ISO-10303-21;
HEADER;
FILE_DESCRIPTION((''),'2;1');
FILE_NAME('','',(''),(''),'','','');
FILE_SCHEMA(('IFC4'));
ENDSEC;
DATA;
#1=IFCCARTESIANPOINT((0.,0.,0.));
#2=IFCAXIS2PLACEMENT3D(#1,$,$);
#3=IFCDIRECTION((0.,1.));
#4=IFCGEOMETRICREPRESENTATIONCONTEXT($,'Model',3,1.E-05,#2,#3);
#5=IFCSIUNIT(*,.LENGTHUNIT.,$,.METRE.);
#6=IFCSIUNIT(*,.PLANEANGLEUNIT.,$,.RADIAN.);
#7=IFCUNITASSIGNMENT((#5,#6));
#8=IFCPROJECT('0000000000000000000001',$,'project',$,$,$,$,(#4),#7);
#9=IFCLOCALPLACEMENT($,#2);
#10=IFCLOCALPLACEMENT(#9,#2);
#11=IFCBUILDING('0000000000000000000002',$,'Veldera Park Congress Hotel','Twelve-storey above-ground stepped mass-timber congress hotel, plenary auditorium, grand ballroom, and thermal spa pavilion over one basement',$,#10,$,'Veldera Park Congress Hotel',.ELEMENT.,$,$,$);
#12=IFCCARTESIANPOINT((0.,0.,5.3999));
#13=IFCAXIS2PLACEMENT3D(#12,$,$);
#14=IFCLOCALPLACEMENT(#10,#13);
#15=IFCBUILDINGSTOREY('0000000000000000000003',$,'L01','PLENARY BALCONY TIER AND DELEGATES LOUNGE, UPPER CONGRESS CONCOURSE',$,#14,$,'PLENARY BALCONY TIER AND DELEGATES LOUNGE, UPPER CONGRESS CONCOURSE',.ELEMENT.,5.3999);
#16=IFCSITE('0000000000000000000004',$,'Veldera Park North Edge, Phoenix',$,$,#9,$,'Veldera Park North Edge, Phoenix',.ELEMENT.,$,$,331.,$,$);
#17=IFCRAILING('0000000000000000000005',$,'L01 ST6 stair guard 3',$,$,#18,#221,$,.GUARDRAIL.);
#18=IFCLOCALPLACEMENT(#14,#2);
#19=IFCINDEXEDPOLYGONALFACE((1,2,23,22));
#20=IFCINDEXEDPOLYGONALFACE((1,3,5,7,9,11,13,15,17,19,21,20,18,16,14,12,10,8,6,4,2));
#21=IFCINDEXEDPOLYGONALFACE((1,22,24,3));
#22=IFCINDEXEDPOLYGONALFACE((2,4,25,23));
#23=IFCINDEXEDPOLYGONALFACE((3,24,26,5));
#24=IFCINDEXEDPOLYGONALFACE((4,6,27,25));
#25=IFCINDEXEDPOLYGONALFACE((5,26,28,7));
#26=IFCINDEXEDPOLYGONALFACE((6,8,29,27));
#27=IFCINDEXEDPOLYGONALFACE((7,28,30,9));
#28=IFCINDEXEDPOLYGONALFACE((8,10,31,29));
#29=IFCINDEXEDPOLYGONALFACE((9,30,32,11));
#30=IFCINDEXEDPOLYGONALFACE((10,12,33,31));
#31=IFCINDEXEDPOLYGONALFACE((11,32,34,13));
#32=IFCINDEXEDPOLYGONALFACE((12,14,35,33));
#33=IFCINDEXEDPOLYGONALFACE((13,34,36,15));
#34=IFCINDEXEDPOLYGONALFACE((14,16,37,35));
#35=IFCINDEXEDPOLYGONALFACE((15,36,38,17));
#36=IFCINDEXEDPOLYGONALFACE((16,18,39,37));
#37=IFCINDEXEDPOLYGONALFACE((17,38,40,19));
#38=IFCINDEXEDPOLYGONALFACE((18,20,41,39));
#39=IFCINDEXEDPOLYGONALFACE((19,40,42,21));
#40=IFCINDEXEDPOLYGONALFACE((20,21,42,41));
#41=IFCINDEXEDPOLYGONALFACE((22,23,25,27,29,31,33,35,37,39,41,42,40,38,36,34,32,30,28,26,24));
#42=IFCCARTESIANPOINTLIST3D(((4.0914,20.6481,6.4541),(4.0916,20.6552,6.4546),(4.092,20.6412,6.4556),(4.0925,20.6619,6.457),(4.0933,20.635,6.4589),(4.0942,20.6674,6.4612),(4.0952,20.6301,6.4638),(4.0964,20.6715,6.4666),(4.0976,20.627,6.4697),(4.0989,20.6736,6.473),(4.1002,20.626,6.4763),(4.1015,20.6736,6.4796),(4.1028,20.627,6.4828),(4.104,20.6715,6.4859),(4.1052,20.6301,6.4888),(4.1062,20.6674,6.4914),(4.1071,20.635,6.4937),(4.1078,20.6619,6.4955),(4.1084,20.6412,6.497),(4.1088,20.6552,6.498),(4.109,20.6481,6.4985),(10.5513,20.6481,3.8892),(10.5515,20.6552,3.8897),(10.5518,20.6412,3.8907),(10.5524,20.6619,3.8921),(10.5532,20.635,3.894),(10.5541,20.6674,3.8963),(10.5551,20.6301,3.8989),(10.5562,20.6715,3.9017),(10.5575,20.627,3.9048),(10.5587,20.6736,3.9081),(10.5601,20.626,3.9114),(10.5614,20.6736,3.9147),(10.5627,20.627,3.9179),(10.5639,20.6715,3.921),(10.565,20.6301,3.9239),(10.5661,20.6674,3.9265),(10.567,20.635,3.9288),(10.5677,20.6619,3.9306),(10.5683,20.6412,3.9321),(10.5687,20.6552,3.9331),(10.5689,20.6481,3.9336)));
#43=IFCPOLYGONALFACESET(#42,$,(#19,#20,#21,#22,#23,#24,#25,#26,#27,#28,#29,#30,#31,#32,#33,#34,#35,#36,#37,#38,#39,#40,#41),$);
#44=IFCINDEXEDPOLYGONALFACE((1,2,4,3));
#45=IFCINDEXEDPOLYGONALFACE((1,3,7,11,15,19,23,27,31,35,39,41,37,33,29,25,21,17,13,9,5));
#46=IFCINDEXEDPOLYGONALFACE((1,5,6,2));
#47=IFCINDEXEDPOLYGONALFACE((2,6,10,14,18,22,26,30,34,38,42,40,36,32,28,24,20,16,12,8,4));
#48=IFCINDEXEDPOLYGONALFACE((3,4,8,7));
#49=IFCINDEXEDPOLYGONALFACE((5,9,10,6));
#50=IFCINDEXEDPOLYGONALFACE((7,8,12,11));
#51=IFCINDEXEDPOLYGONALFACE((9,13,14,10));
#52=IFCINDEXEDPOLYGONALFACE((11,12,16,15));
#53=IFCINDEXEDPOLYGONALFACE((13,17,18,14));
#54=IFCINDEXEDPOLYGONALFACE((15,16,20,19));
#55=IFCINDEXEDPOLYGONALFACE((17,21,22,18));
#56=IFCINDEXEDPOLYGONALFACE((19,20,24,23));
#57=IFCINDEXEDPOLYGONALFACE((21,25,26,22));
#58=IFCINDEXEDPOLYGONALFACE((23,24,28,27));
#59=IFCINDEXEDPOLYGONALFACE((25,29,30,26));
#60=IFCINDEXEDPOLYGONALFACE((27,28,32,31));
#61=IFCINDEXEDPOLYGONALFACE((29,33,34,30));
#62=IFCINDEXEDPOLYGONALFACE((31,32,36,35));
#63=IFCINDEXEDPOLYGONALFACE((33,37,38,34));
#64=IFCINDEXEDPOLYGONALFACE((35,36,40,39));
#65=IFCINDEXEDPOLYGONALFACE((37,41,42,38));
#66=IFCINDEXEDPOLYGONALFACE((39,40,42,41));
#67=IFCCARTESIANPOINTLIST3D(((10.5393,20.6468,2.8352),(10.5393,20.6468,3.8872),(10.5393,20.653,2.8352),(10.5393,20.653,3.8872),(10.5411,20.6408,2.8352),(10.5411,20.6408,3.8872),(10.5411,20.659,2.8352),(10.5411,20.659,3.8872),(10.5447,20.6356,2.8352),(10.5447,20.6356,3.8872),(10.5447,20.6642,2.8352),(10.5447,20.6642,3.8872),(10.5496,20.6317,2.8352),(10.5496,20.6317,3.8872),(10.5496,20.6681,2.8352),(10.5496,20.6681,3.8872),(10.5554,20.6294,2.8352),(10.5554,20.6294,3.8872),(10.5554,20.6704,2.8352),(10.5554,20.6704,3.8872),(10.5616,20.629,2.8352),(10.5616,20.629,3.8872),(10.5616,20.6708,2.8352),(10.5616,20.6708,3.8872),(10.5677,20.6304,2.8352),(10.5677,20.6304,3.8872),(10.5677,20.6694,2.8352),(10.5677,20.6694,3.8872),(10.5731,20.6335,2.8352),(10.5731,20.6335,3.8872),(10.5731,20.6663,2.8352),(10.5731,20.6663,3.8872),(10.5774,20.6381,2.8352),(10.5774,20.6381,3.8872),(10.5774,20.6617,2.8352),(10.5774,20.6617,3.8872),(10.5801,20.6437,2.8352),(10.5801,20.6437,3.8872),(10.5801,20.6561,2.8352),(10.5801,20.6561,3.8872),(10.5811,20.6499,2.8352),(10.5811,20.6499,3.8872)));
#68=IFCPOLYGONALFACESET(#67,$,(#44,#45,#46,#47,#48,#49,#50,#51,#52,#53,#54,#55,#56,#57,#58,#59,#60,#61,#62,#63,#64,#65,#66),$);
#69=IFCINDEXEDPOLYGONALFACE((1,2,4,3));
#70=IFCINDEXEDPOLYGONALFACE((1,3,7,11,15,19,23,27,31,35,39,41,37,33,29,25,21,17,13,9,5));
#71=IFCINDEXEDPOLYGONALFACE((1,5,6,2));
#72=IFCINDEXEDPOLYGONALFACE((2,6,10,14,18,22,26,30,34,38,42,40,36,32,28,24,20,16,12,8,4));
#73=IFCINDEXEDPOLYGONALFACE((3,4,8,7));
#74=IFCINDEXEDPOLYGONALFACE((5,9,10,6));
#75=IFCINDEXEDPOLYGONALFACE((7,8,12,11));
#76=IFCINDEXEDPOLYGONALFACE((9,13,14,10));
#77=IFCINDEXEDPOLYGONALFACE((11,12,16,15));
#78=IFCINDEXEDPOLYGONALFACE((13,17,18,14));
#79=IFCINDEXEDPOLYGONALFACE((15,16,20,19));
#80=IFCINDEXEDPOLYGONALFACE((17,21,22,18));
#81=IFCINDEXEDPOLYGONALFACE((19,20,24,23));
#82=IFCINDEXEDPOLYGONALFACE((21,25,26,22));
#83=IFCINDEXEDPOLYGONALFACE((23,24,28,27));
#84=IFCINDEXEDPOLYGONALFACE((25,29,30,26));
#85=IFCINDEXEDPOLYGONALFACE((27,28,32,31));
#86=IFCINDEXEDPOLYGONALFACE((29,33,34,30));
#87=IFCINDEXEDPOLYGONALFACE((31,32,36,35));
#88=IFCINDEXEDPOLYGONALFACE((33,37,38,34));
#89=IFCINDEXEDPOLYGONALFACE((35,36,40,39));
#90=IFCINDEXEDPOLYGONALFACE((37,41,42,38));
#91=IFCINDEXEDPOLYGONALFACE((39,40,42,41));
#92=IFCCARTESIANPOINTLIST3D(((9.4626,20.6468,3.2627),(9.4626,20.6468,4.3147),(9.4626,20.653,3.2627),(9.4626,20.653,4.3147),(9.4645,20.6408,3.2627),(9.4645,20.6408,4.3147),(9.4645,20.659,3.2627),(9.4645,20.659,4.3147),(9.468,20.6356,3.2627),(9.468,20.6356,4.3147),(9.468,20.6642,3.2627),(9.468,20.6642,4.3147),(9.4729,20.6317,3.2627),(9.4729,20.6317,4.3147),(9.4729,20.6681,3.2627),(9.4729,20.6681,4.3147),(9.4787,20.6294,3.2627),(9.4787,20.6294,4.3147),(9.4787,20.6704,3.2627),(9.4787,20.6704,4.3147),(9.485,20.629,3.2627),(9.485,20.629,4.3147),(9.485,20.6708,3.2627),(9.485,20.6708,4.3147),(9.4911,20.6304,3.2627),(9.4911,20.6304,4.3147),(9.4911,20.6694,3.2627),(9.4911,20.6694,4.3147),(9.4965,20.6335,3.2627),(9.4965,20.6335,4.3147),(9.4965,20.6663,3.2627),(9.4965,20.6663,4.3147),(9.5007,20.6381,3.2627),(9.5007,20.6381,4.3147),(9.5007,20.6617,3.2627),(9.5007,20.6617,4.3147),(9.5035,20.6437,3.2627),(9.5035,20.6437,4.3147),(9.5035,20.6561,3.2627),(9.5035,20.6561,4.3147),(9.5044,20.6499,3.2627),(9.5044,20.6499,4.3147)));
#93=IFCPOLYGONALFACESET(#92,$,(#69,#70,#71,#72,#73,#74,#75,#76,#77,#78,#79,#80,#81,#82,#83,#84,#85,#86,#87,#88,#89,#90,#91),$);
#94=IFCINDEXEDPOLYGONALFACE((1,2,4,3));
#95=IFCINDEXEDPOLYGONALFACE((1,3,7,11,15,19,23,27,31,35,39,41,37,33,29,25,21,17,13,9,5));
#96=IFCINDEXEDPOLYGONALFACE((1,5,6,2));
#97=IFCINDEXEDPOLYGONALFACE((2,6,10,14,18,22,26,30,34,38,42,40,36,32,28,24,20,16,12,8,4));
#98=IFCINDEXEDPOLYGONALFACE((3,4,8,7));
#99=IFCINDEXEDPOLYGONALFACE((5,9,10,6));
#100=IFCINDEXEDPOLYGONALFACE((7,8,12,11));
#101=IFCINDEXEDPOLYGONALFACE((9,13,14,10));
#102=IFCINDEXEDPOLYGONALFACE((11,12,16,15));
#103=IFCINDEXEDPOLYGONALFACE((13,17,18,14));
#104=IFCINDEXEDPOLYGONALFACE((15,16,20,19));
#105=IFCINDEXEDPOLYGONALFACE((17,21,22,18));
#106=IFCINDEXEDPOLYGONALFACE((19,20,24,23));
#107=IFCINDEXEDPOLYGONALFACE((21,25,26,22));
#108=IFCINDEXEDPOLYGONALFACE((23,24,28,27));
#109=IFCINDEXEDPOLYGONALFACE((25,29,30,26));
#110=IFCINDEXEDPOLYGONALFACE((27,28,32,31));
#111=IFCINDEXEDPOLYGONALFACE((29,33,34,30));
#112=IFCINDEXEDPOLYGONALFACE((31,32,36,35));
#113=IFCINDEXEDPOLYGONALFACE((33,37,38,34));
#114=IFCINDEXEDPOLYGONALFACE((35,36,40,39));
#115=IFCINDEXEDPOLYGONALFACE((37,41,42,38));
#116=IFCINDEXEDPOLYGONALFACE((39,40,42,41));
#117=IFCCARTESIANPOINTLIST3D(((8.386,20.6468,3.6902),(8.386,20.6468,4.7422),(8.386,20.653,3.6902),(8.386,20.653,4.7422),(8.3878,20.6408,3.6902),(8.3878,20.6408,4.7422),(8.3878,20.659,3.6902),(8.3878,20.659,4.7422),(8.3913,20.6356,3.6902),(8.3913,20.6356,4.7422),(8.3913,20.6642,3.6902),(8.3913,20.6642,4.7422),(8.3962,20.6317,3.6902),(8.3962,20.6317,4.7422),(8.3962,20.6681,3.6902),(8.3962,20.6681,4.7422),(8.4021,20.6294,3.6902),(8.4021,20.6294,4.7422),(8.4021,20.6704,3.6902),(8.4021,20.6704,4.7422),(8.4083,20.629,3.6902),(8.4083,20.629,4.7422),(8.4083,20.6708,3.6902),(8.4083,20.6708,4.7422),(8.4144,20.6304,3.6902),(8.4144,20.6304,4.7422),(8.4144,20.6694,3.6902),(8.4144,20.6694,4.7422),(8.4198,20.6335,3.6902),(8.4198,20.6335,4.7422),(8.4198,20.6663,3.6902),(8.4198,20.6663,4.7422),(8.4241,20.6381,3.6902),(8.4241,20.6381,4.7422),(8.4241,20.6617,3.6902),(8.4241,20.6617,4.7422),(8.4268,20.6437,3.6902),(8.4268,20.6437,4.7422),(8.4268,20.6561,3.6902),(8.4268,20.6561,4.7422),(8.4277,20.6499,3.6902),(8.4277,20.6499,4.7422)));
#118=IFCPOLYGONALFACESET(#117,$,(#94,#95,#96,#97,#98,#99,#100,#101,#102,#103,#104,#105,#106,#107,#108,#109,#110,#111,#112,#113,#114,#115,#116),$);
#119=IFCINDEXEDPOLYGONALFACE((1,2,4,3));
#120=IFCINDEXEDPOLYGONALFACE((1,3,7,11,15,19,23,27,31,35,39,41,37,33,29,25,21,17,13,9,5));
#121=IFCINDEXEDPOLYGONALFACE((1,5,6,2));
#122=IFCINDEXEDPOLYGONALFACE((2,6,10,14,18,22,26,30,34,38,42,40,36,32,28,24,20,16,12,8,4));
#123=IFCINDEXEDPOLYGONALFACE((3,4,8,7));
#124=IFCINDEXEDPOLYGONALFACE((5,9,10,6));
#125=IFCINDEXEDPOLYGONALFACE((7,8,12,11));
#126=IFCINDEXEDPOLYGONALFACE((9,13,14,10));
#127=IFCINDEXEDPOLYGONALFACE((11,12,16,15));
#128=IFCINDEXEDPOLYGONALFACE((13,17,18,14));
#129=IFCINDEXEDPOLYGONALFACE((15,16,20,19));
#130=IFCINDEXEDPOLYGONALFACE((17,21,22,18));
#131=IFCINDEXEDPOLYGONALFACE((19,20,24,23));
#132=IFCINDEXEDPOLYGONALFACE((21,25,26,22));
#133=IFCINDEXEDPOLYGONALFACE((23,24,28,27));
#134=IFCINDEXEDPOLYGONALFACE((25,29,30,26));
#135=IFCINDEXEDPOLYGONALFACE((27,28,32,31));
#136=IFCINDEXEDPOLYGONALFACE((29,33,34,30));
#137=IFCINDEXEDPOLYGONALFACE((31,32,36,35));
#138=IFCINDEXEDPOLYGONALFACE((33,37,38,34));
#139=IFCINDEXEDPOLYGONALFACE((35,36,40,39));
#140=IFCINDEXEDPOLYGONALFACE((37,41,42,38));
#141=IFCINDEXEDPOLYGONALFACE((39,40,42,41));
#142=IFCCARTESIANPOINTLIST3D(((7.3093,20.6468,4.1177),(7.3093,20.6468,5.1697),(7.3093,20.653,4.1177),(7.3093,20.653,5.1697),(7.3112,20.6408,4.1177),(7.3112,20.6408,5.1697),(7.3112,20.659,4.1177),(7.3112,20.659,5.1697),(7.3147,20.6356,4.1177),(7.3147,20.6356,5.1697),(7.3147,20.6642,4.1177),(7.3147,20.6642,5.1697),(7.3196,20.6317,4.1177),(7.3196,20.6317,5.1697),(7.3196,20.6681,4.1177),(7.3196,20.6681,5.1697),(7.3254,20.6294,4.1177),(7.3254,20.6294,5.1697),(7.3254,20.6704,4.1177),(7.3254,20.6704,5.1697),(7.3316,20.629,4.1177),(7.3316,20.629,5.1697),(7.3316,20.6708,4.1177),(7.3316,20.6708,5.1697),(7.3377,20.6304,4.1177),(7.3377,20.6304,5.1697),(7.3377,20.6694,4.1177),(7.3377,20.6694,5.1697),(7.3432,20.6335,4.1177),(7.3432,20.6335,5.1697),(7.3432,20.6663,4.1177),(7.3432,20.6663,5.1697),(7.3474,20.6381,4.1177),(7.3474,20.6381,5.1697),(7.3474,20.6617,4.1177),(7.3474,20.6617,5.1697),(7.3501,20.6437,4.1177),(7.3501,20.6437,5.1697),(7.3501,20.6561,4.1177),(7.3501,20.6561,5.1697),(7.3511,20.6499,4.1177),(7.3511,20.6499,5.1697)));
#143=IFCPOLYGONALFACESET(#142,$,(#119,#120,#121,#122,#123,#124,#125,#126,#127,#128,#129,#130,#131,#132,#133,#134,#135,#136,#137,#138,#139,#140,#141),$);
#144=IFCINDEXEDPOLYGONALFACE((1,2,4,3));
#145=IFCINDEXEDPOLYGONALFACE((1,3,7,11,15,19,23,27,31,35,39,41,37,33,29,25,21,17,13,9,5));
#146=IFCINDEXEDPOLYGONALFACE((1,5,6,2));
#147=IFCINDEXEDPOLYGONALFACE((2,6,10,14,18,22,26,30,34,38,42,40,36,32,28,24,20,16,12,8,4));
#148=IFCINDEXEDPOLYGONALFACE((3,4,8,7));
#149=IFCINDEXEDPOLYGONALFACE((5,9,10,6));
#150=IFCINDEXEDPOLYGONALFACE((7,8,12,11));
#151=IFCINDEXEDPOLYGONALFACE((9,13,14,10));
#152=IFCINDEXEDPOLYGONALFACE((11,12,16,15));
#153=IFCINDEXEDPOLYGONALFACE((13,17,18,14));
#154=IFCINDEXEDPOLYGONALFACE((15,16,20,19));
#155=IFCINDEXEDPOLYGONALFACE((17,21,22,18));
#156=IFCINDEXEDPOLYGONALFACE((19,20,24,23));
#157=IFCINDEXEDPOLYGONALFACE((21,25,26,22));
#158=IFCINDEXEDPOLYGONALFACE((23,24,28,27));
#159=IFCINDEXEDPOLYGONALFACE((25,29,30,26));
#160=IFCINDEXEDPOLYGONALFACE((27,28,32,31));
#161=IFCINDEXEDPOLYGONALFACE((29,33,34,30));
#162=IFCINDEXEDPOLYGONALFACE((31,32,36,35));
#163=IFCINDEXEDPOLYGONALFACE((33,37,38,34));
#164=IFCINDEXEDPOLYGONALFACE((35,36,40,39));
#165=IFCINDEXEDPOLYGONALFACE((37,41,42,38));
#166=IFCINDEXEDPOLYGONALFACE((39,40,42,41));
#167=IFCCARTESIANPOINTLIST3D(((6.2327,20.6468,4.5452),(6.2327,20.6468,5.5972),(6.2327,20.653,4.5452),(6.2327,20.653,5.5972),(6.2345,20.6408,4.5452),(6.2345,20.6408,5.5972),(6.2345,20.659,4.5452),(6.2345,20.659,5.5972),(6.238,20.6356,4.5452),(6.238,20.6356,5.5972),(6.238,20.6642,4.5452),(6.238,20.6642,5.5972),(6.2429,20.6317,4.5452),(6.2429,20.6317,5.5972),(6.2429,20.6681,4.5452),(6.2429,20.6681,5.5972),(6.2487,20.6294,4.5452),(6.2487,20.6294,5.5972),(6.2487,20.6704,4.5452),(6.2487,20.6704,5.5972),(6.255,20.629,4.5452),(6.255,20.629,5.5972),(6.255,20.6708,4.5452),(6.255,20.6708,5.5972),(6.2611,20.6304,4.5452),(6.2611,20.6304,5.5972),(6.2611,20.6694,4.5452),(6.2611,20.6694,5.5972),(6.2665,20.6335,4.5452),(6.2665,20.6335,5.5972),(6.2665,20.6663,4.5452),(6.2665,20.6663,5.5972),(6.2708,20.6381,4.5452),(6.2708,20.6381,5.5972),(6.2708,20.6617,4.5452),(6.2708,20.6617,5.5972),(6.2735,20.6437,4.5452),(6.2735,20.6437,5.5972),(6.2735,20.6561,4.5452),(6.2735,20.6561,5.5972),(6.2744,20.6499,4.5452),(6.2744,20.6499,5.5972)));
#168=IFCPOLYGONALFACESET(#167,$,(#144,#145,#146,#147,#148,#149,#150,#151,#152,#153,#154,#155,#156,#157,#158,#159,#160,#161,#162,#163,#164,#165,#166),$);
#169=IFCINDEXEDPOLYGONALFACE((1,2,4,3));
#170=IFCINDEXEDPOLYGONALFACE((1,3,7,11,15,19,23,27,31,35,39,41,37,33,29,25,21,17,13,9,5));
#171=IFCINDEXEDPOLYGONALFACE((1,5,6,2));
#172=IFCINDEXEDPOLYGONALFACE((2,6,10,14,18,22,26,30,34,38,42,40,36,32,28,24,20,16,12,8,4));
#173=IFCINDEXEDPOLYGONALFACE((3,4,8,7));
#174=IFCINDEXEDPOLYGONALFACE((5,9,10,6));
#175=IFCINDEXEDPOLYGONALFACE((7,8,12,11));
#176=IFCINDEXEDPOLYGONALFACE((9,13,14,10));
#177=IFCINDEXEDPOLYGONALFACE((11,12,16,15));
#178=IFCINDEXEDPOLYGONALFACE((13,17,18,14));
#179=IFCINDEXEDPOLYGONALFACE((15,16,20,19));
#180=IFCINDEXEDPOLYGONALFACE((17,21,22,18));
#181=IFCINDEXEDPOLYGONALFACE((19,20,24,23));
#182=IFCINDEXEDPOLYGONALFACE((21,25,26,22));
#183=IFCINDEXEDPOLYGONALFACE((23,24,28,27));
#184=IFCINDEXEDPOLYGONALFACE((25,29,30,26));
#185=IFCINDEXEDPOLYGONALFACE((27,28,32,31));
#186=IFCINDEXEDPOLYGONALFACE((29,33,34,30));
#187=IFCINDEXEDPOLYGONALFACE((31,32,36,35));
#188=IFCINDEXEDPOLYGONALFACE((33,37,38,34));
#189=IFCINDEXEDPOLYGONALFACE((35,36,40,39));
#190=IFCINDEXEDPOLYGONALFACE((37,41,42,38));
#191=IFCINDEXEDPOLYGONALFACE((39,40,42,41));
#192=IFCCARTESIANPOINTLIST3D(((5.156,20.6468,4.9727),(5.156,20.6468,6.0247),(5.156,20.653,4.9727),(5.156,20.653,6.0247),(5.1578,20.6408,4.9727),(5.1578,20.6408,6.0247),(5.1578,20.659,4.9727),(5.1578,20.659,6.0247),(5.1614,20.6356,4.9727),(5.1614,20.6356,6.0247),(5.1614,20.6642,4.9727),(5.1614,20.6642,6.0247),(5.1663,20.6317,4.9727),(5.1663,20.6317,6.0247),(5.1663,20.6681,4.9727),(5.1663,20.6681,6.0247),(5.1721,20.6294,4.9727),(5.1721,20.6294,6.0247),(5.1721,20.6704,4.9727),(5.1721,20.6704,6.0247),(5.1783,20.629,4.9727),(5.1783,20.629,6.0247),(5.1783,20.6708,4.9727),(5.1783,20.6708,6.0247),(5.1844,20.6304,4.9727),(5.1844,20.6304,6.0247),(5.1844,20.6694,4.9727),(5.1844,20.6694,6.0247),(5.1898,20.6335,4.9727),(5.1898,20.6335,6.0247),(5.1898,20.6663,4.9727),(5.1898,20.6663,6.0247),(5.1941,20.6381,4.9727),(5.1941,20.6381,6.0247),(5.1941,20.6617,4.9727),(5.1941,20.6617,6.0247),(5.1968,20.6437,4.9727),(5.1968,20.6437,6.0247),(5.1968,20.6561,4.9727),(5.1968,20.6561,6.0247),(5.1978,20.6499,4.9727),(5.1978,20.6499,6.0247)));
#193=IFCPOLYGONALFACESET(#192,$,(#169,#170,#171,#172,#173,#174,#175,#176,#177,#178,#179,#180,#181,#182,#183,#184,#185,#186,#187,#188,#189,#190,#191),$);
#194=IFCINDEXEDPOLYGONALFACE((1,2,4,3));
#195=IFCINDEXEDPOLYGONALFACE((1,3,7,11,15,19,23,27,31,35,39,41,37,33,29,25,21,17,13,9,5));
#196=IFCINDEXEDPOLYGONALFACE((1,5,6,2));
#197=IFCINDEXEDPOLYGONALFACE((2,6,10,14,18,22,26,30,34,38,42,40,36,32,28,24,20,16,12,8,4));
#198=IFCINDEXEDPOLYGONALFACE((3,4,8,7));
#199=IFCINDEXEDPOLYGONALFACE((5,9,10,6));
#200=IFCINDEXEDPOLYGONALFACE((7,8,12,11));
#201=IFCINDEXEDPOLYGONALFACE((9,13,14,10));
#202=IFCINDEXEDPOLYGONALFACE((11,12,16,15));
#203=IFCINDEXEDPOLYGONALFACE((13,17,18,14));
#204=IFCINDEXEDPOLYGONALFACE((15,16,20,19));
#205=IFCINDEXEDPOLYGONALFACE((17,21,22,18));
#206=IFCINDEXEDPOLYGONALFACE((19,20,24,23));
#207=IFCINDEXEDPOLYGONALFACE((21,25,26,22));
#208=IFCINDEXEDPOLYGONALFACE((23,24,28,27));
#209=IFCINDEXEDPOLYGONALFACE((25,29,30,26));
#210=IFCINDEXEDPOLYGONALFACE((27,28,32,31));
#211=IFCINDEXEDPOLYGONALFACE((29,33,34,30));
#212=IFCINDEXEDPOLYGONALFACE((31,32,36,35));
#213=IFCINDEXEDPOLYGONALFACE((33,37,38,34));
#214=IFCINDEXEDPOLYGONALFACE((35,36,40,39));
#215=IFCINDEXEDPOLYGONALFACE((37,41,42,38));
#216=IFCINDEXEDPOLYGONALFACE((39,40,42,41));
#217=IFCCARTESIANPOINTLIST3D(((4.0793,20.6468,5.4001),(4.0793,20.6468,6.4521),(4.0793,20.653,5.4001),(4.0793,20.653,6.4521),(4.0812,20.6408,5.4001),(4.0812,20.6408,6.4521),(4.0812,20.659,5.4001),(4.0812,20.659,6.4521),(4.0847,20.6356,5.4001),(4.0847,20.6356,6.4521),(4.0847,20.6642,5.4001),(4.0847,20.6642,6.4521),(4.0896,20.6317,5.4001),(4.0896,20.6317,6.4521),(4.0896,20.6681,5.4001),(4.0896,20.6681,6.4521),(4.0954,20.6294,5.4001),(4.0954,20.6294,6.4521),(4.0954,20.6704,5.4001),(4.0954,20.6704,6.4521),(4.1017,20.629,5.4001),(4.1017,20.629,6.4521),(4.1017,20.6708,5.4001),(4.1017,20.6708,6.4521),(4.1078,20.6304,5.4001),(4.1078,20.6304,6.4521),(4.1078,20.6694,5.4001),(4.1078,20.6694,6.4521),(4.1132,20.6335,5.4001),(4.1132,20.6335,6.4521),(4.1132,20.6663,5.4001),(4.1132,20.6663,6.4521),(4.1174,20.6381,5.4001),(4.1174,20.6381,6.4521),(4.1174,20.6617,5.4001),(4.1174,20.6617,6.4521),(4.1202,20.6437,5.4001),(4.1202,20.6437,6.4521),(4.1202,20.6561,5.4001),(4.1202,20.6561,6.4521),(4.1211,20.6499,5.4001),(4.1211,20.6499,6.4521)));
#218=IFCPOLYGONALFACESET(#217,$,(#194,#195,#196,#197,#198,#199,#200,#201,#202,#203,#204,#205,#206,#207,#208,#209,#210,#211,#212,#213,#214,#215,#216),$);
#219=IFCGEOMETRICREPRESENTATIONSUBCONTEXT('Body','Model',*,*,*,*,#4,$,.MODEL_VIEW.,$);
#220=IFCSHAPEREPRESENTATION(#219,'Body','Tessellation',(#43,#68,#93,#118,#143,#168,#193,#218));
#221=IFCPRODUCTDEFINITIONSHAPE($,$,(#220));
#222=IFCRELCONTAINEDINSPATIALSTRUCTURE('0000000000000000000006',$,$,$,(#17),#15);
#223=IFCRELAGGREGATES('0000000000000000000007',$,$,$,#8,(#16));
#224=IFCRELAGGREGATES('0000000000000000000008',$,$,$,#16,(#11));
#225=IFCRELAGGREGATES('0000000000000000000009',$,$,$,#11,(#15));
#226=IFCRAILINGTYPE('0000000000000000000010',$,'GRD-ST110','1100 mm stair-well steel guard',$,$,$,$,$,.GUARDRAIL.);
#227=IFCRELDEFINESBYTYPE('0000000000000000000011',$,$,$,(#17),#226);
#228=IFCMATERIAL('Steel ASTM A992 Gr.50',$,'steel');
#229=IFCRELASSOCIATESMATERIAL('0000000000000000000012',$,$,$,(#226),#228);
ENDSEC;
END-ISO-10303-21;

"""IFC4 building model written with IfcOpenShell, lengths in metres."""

from ifc_helpers import new_model, si_unit, direction, frame, origin, origin_2d, place, context, subcontext, project, spatial, circle, extrude, material, type_object, element, save


model = new_model("IFC4")

# Units and contexts
model_context = context("Model", 3, precision=1e-05, world=origin(), true_north=direction((0.0, 1.0)))
body_context = subcontext(model_context, "Body", "Model", "MODEL_VIEW")
ifc_project = project(units=[si_unit("LENGTHUNIT", "METRE"), si_unit("PLANEANGLEUNIT", "RADIAN")], contexts=[model_context])

# Site, building, storey
site_placement = place(None, origin())
site = spatial("IfcSite", under=ifc_project, at=site_placement, Name="Veldera Park North Edge, Phoenix", LongName="Veldera Park North Edge, Phoenix", CompositionType="ELEMENT", RefElevation=331.0)
building_placement = place(site_placement, origin())
building = spatial("IfcBuilding", under=site, at=building_placement, Name="Veldera Park Congress Hotel", Description="Twelve-storey above-ground stepped mass-timber congress hotel, plenary auditorium, grand ballroom, and thermal spa pavilion over one basement", LongName="Veldera Park Congress Hotel", CompositionType="ELEMENT")
storey_placement = place(building_placement, frame((0.0, 0.0, 5.3999)))
storey = spatial("IfcBuildingStorey", under=building, at=storey_placement, Name="L01", Description="PLENARY BALCONY TIER AND DELEGATES LOUNGE, UPPER CONGRESS CONCOURSE", LongName="PLENARY BALCONY TIER AND DELEGATES LOUNGE, UPPER CONGRESS CONCOURSE", CompositionType="ELEMENT", Elevation=5.3999)

# Shared definitions
ifc_material_1 = material(Name="Steel ASTM A992 Gr.50", Category="steel")

# Railing
railing_type_1 = type_object("IfcRailingType", Name="GRD-ST110", Description="1100 mm stair-well steel guard", PredefinedType="GUARDRAIL", material=ifc_material_1)
railing_1_placement = place(storey_placement, frame((10.5601, 20.6499, 2.8352)))
element("IfcRailing", 1, at=railing_1_placement, inside=storey, type_object=railing_type_1, Name="L01 ST6 stair guard 3", PredefinedType="GUARDRAIL", context=body_context, shape_type="SweptSolid", body=[
    extrude(circle(Radius=0.0239, at=origin_2d()), frame((0.0, 0.0, 1.0762), z_axis=(-0.929418, 0.0, 0.369028), x_axis=(0.0, -1.0, 0.0)), (0.0, 0.0, 1.0), 6.9504),
    extrude(circle(Radius=0.021, at=origin_2d()), origin(), (0.0, 0.0, 1.0), 1.052),
    extrude(circle(Radius=0.021, at=origin_2d()), frame((-1.0767, 0.0, 0.4275)), (0.0, 0.0, 1.0), 1.052),
    extrude(circle(Radius=0.021, at=origin_2d()), frame((-2.1533, 0.0, 0.855)), (0.0, 0.0, 1.0), 1.052),
    extrude(circle(Radius=0.021, at=origin_2d()), frame((-3.23, 0.0, 1.2825)), (0.0, 0.0, 1.0), 1.052),
    extrude(circle(Radius=0.021, at=origin_2d()), frame((-4.3066, 0.0, 1.71)), (0.0, 0.0, 1.0), 1.052),
    extrude(circle(Radius=0.021, at=origin_2d()), frame((-5.3833, 0.0, 2.1375)), (0.0, 0.0, 1.0), 1.052),
    extrude(circle(Radius=0.021, at=origin_2d()), frame((-6.46, 0.0, 2.5649)), (0.0, 0.0, 1.0), 1.052),
])

save(model, "model.ifc")
